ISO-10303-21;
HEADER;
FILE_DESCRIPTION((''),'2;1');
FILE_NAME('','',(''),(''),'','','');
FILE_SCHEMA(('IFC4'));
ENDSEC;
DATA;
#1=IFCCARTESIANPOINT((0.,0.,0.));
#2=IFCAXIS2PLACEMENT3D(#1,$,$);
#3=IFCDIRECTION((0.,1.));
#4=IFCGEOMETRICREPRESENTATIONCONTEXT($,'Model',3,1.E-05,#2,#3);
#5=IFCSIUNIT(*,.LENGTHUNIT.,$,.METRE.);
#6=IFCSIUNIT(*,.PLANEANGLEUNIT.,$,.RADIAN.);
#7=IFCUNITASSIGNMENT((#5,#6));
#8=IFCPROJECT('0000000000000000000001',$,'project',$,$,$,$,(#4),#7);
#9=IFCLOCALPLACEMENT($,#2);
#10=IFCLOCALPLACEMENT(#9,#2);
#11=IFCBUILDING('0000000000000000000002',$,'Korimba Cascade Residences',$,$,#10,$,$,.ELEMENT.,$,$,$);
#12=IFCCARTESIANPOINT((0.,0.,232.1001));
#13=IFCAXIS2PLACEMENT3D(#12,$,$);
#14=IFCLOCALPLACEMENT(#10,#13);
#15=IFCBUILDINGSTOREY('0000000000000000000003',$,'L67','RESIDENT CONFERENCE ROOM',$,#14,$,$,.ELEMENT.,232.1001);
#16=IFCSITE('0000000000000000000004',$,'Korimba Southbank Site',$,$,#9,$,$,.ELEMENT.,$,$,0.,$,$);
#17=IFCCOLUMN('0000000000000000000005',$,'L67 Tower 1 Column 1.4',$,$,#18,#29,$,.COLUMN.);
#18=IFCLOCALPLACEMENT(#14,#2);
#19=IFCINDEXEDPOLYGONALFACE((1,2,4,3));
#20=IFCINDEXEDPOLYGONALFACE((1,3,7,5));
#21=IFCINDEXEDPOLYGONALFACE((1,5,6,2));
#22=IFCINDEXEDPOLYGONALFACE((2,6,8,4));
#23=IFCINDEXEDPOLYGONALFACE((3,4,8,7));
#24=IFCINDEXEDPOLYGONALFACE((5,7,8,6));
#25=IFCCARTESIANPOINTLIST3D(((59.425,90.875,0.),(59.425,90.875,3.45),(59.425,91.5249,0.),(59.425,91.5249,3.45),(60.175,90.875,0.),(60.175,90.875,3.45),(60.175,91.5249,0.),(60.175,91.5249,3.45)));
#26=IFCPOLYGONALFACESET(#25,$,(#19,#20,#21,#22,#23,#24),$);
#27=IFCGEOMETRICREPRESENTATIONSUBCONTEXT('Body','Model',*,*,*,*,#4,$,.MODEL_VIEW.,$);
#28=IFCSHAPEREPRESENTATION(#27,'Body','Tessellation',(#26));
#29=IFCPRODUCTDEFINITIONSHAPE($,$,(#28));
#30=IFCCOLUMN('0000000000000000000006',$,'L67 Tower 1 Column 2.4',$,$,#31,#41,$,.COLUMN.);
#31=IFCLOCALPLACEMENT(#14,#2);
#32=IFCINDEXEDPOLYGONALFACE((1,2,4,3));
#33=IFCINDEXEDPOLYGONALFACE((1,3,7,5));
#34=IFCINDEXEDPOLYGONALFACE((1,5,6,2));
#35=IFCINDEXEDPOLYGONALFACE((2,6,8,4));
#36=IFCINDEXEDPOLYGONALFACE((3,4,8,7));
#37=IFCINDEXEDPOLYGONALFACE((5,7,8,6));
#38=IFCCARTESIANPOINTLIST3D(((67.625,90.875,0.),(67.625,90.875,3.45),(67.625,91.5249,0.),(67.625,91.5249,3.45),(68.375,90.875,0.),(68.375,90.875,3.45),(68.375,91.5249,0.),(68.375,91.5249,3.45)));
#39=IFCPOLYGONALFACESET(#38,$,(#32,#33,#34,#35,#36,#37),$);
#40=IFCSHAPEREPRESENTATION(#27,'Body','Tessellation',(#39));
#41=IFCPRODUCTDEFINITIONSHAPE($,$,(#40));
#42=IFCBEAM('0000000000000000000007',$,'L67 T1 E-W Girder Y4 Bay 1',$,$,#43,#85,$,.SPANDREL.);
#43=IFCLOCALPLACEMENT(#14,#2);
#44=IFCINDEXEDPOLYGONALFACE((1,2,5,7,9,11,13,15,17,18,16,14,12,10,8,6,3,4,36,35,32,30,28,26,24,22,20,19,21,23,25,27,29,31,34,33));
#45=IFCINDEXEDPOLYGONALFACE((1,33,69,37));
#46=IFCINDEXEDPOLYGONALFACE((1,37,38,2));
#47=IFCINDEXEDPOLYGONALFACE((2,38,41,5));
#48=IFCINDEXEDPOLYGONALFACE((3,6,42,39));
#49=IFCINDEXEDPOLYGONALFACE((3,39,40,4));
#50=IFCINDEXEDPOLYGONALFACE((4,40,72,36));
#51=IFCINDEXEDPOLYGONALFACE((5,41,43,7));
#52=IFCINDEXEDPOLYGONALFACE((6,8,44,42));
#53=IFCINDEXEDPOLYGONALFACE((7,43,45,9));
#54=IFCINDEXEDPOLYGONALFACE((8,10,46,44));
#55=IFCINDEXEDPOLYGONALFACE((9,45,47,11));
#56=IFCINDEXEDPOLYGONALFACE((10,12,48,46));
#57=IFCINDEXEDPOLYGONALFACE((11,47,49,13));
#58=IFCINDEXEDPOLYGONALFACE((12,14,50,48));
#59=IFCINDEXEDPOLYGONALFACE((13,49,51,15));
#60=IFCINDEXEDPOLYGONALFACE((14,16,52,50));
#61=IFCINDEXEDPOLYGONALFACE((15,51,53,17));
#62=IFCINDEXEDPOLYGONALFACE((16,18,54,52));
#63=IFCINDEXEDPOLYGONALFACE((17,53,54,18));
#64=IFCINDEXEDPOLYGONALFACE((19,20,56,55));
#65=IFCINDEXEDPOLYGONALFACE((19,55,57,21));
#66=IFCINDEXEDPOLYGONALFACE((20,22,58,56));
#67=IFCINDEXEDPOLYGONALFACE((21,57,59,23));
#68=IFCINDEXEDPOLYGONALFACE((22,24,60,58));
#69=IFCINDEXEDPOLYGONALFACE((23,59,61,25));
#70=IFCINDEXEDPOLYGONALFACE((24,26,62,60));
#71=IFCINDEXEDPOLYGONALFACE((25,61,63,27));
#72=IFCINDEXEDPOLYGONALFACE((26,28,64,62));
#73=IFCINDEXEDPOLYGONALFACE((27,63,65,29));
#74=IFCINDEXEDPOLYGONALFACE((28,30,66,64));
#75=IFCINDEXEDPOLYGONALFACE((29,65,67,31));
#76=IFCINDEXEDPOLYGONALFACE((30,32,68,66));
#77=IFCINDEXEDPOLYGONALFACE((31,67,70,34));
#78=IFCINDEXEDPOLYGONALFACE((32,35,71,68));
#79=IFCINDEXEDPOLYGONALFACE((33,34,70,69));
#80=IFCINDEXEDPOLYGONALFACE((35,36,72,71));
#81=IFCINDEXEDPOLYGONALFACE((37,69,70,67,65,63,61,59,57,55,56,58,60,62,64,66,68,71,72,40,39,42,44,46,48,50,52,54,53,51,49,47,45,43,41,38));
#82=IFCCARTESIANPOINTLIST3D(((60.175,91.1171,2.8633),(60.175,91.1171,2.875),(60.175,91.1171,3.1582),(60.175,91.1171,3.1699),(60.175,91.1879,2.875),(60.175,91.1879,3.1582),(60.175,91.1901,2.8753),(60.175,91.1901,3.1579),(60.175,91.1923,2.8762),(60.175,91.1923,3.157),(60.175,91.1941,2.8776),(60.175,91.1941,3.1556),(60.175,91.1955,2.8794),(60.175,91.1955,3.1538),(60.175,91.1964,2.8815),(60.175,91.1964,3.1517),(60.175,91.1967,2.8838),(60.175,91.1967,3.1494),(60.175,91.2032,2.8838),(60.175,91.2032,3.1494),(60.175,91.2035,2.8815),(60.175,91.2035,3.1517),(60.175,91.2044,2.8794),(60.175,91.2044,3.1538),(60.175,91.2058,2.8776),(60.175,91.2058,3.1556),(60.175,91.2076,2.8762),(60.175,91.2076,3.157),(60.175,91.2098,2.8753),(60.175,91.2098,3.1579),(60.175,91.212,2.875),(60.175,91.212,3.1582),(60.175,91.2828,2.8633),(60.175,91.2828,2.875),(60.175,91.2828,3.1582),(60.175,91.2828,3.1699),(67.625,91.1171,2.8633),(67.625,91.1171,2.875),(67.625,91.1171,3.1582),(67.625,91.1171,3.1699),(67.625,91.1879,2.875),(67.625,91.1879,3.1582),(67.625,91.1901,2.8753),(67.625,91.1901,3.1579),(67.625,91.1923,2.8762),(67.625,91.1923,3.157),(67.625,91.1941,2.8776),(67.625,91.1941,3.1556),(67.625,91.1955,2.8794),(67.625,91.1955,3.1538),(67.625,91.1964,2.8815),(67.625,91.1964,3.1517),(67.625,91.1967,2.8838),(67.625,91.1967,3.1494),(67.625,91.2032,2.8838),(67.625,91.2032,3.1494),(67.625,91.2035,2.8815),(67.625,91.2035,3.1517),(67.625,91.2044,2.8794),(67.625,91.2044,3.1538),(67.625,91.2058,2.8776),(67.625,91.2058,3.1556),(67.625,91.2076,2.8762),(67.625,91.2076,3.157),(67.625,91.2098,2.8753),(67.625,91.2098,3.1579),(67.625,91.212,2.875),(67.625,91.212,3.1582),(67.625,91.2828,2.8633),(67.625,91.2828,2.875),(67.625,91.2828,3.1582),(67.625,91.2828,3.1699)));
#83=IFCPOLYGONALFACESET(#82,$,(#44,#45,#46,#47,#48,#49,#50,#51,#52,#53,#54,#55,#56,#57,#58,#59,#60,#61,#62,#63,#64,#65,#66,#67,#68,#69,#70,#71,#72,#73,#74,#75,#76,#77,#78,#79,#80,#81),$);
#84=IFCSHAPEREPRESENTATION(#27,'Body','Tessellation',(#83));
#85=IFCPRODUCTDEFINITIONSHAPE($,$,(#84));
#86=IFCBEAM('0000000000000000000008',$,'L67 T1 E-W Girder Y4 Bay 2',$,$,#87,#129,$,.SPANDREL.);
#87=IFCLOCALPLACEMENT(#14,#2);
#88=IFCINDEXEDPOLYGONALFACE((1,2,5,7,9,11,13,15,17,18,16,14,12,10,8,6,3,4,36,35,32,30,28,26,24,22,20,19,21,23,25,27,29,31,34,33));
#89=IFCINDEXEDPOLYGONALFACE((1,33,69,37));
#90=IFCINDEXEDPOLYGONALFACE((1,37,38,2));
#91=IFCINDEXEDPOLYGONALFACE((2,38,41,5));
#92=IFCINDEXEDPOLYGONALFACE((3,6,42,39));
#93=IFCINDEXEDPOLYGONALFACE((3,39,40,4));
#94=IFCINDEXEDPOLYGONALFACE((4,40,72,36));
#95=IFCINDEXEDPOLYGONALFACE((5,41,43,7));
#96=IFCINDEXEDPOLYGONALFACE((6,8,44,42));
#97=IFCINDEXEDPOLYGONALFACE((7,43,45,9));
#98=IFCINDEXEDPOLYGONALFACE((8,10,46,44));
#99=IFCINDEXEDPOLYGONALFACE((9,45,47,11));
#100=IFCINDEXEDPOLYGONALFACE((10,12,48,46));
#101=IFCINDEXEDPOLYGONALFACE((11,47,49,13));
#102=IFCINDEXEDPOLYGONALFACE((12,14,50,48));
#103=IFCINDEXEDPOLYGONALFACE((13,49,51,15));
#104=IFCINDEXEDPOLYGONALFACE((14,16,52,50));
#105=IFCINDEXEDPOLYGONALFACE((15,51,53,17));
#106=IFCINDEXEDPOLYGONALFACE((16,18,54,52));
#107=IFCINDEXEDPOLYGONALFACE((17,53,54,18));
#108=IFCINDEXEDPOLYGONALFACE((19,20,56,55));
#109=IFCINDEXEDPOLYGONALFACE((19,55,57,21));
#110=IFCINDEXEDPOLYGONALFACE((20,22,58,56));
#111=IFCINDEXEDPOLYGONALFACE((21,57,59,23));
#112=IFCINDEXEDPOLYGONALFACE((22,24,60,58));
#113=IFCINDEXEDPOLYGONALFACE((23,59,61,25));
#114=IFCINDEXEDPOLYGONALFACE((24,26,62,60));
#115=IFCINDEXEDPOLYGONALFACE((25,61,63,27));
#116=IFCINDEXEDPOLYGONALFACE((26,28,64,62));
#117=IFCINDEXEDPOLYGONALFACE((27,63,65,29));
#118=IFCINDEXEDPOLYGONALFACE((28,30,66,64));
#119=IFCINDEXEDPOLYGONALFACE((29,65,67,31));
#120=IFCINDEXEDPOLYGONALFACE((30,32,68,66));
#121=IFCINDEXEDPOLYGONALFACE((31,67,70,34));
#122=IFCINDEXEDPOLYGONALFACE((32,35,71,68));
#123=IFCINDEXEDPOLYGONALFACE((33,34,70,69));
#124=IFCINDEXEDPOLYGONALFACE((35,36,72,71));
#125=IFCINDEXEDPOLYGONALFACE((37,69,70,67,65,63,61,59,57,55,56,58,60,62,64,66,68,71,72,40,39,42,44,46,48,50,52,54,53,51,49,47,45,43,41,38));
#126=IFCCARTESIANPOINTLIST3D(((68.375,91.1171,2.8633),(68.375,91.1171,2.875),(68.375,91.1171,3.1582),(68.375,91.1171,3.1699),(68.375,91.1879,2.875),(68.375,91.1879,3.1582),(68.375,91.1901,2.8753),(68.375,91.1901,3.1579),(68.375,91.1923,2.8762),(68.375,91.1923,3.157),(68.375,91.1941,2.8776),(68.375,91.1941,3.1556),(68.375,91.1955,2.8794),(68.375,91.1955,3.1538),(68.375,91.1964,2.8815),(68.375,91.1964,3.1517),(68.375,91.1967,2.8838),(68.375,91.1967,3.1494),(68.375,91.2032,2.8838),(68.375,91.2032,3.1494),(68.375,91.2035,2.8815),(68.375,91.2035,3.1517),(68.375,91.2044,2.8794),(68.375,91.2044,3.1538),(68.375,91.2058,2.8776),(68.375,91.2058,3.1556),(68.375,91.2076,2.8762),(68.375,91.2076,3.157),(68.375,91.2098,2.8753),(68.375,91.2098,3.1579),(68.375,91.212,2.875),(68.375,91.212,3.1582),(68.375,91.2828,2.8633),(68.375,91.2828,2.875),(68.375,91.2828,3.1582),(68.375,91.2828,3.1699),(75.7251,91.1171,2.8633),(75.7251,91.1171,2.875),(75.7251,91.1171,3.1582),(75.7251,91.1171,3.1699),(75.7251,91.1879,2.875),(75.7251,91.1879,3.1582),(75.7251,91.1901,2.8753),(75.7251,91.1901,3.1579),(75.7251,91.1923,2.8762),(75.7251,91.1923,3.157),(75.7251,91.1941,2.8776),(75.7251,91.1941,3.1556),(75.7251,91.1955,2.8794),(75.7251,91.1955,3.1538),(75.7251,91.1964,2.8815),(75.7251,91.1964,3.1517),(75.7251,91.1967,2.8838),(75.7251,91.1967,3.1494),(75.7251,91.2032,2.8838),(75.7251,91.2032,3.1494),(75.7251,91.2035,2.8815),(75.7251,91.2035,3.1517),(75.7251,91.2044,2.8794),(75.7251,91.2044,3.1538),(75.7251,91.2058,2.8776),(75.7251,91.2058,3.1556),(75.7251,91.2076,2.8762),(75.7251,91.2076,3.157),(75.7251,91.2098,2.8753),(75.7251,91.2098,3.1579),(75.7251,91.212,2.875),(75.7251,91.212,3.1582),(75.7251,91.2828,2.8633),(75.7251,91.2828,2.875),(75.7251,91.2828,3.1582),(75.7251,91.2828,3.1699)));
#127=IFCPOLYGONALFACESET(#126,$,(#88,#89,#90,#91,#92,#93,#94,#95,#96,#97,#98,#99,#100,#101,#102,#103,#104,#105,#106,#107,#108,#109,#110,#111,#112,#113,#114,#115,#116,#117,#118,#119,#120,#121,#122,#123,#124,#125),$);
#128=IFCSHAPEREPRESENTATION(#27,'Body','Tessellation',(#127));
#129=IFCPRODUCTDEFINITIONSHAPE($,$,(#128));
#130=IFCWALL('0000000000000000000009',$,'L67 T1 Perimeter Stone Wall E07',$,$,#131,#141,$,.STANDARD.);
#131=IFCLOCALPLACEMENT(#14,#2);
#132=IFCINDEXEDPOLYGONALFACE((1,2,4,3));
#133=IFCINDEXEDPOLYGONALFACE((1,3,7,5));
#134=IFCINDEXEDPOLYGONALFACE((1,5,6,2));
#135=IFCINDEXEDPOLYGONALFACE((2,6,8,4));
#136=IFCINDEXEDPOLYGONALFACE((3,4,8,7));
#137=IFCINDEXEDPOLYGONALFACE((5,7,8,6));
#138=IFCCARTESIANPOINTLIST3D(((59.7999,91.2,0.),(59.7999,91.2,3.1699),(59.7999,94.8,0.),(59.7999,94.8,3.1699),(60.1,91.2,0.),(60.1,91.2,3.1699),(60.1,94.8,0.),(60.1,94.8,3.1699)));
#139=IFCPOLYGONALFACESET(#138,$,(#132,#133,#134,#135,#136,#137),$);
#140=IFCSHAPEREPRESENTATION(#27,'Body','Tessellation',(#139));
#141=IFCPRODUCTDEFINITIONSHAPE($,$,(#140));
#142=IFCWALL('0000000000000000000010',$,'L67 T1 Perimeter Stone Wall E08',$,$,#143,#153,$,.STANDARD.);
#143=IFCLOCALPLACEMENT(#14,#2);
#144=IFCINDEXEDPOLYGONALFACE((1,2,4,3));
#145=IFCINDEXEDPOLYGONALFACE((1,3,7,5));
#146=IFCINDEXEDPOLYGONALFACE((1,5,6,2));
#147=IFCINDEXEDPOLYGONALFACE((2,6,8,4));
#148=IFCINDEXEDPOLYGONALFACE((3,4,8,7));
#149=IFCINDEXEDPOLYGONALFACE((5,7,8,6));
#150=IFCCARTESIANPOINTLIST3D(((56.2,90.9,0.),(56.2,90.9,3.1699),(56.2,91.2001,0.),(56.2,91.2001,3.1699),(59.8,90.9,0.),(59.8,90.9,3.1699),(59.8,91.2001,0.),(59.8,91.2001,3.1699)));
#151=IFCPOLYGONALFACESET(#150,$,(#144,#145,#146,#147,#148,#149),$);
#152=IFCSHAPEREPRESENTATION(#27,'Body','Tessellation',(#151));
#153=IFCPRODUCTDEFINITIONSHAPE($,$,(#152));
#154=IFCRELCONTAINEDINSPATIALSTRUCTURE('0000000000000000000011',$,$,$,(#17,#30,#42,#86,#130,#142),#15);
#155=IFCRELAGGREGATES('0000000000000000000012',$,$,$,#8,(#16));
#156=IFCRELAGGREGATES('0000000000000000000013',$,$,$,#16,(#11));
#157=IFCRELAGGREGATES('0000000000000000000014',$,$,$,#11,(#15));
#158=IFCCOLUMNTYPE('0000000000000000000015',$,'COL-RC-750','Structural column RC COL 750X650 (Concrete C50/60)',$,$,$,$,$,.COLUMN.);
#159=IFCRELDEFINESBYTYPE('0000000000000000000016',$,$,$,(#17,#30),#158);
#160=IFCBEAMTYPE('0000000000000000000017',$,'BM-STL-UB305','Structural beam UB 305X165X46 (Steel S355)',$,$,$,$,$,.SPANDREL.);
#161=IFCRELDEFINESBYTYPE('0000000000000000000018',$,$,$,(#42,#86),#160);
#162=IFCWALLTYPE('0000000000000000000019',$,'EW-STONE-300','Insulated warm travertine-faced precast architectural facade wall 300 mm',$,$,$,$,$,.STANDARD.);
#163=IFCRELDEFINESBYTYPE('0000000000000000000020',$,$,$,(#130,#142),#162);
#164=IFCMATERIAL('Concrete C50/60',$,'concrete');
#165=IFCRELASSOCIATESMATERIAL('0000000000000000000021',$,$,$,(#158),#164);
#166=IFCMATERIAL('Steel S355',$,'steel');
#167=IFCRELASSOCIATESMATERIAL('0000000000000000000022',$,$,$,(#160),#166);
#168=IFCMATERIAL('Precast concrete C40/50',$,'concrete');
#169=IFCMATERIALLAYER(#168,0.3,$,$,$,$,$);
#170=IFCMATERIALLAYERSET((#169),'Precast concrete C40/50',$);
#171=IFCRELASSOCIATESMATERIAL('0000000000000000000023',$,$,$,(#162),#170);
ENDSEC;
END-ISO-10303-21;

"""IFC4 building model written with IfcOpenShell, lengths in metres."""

from ifc_helpers import new_model, si_unit, direction, frame, frame_2d, origin, origin_2d, place, context, subcontext, project, spatial, rectangle, i_section, extrude, material, layer, layer_set, material_profile, profile_set, type_object, element, save


model = new_model("IFC4")

# Units and contexts
model_context = context("Model", 3, precision=1e-05, world=origin(), true_north=direction((0.0, 1.0)))
body_context = subcontext(model_context, "Body", "Model", "MODEL_VIEW")
ifc_project = project(units=[si_unit("LENGTHUNIT", "METRE"), si_unit("PLANEANGLEUNIT", "RADIAN")], contexts=[model_context])

# Site, building, storey
site_placement = place(None, origin())
site = spatial("IfcSite", under=ifc_project, at=site_placement, Name="Korimba Southbank Site", CompositionType="ELEMENT", RefElevation=0.0)
building_placement = place(site_placement, origin())
building = spatial("IfcBuilding", under=site, at=building_placement, Name="Korimba Cascade Residences", CompositionType="ELEMENT")
storey_placement = place(building_placement, frame((0.0, 0.0, 232.1001)))
storey = spatial("IfcBuildingStorey", under=building, at=storey_placement, Name="L67", Description="RESIDENT CONFERENCE ROOM", CompositionType="ELEMENT", Elevation=232.1001)

# Columns
ifc_material_1 = material(Name="Concrete C50/60", Category="concrete")
ifc_material_profile_1 = material_profile(ifc_material_1, rectangle(XDim=0.75, YDim=0.6499, at=origin_2d()), Name="Concrete C50/60")
ifc_profile_set_1 = profile_set([ifc_material_profile_1], Name="Concrete C50/60")
column_type = type_object("IfcColumnType", Name="COL-RC-750", Description="Structural column RC COL 750X650 (Concrete C50/60)", PredefinedType="COLUMN", material=ifc_profile_set_1)
for number, where, z_axis, x_axis, name in (
    (1, (59.8, 91.2, 0.0), (0.0, 0.0, 1.0), (1.0, 0.0, 0.0), "L67 Tower 1 Column 1.4"),
    (2, (68.0, 91.2, 0.0), (0.0, 0.0, 1.0), (1.0, 0.0, 0.0), "L67 Tower 1 Column 2.4"),
):
    element("IfcColumn", number, at=place(storey_placement, frame(where, z_axis=z_axis, x_axis=x_axis)), inside=storey, type_object=column_type, Name=name, PredefinedType="COLUMN", context=body_context, shape_type="SweptSolid", body=[
        extrude(rectangle(XDim=0.75, YDim=0.6499, at=origin_2d()), origin(), (0.0, 0.0, 1.0), 3.45),
    ])

# Beams
ifc_material_2 = material(Name="Steel S355", Category="steel")
ifc_material_profile_2 = material_profile(ifc_material_2, i_section(OverallWidth=0.1658, OverallDepth=0.3066, WebThickness=0.0066, FlangeThickness=0.0117, FilletRadius=0.0088, at=origin_2d()), Name="Steel S355")
ifc_profile_set_2 = profile_set([ifc_material_profile_2], Name="Steel S355")
beam_type = type_object("IfcBeamType", Name="BM-STL-UB305", Description="Structural beam UB 305X165X46 (Steel S355)", PredefinedType="SPANDREL", material=ifc_profile_set_2)
beam_1_placement = place(storey_placement, frame((60.175, 91.2, 3.0166), z_axis=(1.0, 0.0, 0.0), x_axis=(0.0, 1.0, 0.0)))
element("IfcBeam", 3, at=beam_1_placement, inside=storey, type_object=beam_type, Name="L67 T1 E-W Girder Y4 Bay 1", PredefinedType="SPANDREL", context=body_context, shape_type="SweptSolid", body=[
    extrude(i_section(OverallWidth=0.1658, OverallDepth=0.3066, WebThickness=0.0066, FlangeThickness=0.0117, FilletRadius=0.0088, at=origin_2d()), origin(), (0.0, 0.0, 1.0), 7.45),
])
beam_2_placement = place(storey_placement, frame((68.375, 91.2, 3.0166), z_axis=(1.0, 0.0, 0.0), x_axis=(0.0, 1.0, 0.0)))
element("IfcBeam", 4, at=beam_2_placement, inside=storey, type_object=beam_type, Name="L67 T1 E-W Girder Y4 Bay 2", PredefinedType="SPANDREL", context=body_context, shape_type="SweptSolid", body=[
    extrude(i_section(OverallWidth=0.1658, OverallDepth=0.3066, WebThickness=0.0066, FlangeThickness=0.0117, FilletRadius=0.0088, at=origin_2d()), origin(), (0.0, 0.0, 1.0), 7.3501),
])

# Walls
ifc_material_3 = material(Name="Precast concrete C40/50", Category="concrete")
ifc_layer_1 = layer(ifc_material_3, 0.3)
ifc_layer_set_1 = layer_set([ifc_layer_1], Name="Precast concrete C40/50")
wall_type_1 = type_object("IfcWallType", Name="EW-STONE-300", Description="Insulated warm travertine-faced precast architectural facade wall 300 mm", PredefinedType="STANDARD", material=ifc_layer_set_1)
for number, where, z_axis, x_axis, name in (
    (5, (59.95, 94.8, 0.0), (0.0, 0.0, 1.0), (0.0, -1.0, 0.0), "L67 T1 Perimeter Stone Wall E07"),
    (6, (59.8, 91.05, 0.0), (0.0, 0.0, 1.0), (-1.0, 0.0, 0.0), "L67 T1 Perimeter Stone Wall E08"),
):
    element("IfcWall", number, at=place(storey_placement, frame(where, z_axis=z_axis, x_axis=x_axis)), inside=storey, type_object=wall_type_1, Name=name, PredefinedType="STANDARD", context=body_context, shape_type="SweptSolid", body=[
        extrude(rectangle(XDim=3.6001, YDim=0.3, at=frame_2d((1.8, 0.0))), origin(), (0.0, 0.0, 1.0), 3.1699),
    ])

save(model, "model.ifc")
